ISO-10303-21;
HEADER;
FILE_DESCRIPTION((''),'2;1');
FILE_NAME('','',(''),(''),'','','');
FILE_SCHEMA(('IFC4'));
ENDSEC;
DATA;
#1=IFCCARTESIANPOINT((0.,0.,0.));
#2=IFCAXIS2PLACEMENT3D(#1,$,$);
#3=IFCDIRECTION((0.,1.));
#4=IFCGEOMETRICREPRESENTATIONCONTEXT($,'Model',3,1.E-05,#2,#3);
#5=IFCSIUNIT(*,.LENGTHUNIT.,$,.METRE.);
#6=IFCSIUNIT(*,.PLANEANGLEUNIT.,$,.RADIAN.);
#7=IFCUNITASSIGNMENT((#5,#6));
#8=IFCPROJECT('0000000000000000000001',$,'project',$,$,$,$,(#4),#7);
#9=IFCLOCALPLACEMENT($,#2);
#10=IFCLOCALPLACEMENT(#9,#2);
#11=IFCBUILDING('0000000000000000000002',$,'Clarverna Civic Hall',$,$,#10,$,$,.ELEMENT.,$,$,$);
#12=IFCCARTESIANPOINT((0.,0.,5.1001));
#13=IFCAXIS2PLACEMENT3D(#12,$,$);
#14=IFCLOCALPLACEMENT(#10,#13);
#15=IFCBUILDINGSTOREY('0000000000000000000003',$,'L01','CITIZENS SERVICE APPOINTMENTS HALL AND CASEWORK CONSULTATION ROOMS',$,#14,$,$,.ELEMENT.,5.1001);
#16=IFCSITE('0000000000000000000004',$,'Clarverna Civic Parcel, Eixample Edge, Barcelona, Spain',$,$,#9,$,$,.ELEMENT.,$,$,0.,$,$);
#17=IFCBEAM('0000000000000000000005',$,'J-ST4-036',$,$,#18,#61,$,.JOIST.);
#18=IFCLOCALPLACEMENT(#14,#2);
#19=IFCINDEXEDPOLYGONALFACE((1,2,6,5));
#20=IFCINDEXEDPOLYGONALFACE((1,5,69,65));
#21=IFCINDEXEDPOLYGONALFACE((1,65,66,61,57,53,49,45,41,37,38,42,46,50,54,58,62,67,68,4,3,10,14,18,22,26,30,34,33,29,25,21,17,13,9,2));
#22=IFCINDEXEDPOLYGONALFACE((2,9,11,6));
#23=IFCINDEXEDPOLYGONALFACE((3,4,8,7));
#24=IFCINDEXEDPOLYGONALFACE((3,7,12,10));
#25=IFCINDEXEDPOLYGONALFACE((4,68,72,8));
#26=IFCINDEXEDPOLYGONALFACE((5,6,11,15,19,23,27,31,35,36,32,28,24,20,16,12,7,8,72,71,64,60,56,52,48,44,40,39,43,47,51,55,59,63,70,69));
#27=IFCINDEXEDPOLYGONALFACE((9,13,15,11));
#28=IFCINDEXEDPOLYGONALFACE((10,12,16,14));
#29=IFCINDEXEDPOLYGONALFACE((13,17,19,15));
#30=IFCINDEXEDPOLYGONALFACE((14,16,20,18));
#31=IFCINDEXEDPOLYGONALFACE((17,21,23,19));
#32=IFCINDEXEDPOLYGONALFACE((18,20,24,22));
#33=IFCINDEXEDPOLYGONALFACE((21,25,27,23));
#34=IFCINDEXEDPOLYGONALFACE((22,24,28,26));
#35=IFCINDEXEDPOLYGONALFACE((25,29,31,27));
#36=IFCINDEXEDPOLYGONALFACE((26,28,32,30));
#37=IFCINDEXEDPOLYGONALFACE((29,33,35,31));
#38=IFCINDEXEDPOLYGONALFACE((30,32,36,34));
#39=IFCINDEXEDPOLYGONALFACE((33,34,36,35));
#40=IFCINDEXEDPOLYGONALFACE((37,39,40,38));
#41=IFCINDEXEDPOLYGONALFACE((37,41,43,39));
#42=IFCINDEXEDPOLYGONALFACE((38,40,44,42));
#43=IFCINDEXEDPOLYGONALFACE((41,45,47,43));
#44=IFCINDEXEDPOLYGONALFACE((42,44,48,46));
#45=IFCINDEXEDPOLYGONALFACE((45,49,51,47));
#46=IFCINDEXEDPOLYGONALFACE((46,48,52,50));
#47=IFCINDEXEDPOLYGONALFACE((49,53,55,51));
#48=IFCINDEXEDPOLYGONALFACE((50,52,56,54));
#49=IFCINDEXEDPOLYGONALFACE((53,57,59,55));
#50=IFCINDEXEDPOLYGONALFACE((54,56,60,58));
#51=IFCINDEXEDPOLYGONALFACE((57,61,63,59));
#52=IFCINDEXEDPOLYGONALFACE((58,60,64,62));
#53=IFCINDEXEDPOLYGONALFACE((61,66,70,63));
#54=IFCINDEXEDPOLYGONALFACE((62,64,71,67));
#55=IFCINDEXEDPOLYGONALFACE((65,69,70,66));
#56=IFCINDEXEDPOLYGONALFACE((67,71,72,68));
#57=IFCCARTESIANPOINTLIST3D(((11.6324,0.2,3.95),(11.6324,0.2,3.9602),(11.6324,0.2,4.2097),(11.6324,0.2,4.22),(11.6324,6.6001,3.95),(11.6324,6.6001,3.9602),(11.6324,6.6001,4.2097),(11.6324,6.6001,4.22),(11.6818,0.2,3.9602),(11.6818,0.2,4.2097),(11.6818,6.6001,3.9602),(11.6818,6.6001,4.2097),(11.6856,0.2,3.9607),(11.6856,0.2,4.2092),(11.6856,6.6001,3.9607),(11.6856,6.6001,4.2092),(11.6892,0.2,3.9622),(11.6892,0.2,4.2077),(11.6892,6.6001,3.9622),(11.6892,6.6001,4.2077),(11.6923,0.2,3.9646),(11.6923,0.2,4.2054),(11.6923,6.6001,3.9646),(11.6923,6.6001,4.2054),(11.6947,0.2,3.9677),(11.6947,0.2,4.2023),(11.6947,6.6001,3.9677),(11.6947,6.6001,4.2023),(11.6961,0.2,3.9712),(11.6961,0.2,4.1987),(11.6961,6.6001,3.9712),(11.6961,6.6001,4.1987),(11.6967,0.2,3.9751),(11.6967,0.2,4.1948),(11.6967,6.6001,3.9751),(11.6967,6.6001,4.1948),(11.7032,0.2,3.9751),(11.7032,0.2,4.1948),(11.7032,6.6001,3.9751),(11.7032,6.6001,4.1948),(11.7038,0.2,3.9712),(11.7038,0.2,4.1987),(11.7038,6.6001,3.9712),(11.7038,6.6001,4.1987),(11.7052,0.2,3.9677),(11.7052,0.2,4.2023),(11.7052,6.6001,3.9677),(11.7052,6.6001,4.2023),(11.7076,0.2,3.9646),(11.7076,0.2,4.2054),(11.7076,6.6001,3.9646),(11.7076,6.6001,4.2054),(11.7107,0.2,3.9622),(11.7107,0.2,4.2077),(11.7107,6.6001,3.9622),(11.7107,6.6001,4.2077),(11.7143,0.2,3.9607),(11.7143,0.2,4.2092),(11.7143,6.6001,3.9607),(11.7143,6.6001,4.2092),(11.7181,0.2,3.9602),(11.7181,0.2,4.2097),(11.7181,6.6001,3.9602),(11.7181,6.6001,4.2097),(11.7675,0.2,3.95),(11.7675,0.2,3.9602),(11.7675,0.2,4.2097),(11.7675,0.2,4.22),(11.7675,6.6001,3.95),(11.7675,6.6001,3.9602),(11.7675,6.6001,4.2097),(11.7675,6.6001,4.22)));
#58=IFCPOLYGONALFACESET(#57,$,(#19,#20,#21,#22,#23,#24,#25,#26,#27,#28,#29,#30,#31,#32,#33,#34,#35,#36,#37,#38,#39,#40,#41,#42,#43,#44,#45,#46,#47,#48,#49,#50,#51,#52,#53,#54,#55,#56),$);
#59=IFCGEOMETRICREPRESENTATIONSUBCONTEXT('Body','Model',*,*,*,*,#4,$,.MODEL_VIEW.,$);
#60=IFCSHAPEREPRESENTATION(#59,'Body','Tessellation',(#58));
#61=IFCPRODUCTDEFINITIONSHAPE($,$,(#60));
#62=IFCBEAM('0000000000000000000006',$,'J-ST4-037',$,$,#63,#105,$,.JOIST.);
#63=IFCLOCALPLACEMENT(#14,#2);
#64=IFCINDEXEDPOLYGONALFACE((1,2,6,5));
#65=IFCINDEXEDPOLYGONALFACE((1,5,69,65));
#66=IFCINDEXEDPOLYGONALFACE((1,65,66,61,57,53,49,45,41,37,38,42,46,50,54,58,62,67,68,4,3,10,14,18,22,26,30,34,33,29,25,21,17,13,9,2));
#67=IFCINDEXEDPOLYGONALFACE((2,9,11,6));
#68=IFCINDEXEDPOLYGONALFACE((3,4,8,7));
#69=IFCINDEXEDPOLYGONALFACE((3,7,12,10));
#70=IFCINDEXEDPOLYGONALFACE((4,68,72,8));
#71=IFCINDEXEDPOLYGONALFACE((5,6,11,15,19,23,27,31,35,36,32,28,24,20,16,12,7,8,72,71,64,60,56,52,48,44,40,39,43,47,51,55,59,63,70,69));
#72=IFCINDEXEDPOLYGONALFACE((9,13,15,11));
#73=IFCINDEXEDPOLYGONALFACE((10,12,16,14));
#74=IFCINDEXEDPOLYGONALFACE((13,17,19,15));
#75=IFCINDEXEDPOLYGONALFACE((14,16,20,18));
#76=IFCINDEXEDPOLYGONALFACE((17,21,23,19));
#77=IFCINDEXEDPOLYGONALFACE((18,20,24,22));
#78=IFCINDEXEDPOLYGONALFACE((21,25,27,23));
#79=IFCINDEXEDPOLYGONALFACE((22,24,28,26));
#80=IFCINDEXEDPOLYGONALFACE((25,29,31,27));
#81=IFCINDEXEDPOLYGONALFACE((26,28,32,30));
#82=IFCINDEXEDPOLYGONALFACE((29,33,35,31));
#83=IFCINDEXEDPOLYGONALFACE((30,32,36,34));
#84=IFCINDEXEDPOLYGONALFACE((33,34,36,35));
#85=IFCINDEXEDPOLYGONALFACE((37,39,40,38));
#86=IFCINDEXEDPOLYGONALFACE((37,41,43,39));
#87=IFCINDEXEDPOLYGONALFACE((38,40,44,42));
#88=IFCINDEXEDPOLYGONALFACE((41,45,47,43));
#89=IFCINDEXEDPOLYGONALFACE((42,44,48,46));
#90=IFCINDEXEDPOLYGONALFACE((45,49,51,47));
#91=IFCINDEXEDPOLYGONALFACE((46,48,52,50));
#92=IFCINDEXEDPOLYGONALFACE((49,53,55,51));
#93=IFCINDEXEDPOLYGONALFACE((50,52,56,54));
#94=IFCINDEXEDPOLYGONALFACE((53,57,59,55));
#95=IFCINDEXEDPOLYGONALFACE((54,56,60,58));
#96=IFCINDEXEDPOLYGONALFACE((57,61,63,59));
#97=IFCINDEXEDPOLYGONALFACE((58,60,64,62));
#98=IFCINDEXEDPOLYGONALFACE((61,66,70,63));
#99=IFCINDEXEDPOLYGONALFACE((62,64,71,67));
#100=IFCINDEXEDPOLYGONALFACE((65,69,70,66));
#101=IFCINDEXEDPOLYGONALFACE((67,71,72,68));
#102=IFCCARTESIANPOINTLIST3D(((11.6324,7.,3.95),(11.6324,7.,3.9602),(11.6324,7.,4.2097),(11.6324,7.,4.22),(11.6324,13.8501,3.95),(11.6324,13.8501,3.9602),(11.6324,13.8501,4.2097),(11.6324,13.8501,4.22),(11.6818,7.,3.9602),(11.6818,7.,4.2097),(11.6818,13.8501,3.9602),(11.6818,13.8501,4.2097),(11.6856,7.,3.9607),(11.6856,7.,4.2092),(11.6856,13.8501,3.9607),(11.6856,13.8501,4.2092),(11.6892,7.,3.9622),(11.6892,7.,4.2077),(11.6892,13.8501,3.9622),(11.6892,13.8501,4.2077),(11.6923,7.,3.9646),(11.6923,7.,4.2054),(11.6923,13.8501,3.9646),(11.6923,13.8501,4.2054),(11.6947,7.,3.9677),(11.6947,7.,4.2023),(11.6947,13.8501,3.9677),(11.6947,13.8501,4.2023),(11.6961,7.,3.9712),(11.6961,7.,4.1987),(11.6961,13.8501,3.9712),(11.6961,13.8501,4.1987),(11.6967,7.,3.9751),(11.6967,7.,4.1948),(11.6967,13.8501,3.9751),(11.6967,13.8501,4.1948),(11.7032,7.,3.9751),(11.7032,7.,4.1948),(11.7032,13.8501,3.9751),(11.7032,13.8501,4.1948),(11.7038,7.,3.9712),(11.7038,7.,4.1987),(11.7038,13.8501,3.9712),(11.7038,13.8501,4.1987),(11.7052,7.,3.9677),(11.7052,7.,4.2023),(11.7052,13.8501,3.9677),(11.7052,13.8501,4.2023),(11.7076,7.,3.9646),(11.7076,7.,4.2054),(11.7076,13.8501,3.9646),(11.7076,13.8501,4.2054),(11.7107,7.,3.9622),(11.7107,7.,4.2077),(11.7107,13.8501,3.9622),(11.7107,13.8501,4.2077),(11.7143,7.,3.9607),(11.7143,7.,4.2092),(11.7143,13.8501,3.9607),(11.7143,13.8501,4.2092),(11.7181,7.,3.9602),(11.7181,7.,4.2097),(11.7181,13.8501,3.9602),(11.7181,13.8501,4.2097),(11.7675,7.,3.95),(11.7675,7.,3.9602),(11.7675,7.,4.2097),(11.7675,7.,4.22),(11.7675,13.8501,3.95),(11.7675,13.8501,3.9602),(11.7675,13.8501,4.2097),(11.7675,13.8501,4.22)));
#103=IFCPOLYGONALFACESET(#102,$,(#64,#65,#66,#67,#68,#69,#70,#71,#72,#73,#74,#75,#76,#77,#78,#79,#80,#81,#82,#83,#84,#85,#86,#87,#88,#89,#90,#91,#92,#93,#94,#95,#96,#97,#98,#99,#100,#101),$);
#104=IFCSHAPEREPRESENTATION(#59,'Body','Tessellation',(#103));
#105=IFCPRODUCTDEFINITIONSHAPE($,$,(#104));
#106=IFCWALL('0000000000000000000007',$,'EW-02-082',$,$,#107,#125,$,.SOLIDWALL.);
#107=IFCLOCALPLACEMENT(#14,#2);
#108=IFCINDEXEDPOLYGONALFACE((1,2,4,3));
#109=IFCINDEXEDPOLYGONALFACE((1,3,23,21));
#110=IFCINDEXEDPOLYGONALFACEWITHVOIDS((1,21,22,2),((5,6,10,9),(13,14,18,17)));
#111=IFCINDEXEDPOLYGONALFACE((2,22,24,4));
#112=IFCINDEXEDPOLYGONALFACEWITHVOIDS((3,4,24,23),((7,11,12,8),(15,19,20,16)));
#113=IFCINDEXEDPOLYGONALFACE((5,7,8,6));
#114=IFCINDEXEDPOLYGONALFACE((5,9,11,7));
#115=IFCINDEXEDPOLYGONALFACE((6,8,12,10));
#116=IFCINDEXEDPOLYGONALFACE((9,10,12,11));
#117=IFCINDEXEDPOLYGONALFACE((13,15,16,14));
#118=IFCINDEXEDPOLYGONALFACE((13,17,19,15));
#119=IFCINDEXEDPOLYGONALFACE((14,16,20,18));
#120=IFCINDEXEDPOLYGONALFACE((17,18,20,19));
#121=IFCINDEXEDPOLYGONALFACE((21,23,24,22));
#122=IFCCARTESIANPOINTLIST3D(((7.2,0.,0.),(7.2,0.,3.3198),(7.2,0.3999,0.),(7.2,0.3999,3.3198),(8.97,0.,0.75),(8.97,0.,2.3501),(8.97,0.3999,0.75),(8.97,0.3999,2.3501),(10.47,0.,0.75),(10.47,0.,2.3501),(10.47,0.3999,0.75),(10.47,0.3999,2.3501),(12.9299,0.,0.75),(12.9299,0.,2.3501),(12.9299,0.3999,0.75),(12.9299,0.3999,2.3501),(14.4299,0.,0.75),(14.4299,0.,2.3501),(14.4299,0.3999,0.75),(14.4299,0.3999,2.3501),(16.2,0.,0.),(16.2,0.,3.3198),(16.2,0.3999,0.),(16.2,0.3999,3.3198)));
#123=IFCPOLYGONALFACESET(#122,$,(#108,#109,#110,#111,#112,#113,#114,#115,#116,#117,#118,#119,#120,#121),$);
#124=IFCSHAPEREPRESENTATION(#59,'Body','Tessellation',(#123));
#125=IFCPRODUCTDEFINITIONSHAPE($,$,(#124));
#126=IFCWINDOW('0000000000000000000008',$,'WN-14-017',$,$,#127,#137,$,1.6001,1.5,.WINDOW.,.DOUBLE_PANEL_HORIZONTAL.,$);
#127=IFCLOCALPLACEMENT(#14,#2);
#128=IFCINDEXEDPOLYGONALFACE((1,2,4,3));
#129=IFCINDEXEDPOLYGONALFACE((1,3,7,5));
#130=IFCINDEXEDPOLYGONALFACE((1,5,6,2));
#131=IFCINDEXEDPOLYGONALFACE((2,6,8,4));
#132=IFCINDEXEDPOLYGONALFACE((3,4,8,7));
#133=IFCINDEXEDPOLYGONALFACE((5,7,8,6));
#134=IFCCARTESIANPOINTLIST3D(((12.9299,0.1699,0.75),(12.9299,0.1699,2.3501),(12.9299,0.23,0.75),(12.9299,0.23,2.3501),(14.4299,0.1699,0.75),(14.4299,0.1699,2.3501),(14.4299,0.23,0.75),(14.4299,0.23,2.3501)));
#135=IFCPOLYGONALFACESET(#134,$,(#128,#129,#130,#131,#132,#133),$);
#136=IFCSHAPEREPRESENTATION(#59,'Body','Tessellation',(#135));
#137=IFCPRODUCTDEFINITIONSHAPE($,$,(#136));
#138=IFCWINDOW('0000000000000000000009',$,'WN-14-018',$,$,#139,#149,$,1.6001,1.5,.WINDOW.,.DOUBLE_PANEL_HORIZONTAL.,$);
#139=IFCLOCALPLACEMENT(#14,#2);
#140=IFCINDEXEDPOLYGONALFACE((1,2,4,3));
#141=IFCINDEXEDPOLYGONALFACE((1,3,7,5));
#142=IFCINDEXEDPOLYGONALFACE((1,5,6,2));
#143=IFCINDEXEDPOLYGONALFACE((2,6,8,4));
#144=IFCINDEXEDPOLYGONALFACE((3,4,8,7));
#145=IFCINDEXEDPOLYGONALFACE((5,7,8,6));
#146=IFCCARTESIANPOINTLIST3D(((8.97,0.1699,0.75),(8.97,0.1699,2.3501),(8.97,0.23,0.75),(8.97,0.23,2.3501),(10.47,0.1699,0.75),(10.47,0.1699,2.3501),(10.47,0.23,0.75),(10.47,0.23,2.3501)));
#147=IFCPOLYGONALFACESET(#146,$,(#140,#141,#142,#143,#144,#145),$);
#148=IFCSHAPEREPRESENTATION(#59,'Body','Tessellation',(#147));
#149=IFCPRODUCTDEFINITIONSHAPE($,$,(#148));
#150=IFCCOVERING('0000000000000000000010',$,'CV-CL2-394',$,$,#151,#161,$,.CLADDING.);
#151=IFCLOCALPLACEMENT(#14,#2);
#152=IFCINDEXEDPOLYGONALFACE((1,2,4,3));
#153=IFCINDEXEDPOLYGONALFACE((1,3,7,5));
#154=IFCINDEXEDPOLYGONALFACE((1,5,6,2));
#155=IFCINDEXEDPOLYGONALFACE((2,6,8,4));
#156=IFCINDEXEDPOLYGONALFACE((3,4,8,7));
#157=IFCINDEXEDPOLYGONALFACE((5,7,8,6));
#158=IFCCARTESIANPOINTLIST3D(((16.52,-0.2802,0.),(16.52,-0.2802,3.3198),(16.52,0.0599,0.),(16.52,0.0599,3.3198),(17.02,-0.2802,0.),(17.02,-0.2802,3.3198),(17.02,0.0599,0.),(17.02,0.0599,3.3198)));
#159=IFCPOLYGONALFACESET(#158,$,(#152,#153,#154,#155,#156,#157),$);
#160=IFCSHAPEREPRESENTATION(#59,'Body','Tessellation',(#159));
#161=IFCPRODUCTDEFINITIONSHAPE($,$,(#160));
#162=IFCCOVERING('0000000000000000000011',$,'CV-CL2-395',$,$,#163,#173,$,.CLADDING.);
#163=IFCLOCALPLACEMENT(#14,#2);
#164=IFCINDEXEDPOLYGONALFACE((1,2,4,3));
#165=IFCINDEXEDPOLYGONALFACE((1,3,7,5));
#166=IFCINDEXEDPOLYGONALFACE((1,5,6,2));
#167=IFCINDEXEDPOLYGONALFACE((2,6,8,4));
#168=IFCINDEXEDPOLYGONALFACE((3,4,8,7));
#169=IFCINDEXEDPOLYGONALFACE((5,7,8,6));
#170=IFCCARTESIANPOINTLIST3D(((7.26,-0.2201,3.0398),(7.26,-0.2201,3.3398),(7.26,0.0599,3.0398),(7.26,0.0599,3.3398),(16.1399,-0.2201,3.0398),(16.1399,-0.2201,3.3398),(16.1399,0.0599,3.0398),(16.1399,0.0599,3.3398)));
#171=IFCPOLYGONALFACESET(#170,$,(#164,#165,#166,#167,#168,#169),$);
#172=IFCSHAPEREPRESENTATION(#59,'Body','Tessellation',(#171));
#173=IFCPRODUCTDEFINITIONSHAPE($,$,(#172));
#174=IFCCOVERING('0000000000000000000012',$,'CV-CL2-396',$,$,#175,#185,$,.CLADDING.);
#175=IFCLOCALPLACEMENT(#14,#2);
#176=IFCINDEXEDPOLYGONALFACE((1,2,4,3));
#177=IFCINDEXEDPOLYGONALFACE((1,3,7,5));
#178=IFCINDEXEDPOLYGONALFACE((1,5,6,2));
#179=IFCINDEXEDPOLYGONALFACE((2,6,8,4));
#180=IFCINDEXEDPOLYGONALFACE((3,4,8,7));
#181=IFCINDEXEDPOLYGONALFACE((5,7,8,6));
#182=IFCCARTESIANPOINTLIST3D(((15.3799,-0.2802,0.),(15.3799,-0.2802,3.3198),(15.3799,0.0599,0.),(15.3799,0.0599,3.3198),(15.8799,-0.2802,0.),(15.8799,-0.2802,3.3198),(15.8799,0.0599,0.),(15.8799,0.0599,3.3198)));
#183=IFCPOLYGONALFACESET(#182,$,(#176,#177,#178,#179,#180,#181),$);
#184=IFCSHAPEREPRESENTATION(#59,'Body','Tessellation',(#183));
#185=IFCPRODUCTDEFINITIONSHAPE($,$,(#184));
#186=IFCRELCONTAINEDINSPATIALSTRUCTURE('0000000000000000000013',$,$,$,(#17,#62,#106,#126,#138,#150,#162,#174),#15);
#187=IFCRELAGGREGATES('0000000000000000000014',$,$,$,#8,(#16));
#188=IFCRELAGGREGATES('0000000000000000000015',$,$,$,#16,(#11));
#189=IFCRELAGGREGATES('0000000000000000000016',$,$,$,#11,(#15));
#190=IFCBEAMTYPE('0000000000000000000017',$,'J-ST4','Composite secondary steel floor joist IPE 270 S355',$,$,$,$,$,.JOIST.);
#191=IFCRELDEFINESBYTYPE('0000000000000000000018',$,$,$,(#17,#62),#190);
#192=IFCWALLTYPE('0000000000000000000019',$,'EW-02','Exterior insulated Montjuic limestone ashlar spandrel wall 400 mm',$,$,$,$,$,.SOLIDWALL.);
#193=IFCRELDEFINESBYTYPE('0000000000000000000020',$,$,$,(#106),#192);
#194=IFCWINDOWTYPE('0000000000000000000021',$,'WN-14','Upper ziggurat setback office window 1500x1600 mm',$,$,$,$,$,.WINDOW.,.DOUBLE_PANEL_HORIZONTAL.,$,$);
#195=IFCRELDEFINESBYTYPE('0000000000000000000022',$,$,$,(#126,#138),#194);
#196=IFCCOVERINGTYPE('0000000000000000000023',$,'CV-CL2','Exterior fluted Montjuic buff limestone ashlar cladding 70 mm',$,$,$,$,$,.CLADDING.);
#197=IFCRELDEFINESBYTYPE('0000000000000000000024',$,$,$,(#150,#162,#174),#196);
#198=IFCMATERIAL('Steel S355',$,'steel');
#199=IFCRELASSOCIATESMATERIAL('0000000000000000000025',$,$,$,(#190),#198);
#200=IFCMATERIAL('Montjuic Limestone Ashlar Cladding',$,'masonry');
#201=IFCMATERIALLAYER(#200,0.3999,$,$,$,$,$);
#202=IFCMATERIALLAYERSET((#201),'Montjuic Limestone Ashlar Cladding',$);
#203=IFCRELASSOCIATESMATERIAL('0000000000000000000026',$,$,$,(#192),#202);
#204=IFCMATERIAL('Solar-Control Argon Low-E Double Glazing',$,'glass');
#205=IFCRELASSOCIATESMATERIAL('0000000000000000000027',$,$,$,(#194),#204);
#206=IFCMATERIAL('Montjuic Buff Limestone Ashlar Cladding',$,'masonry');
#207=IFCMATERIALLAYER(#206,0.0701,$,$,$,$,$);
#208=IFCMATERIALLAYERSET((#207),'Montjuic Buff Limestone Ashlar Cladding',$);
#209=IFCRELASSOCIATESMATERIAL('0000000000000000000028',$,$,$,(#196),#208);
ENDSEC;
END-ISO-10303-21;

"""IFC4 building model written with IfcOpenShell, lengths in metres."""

from ifc_helpers import new_model, si_unit, direction, frame, frame_2d, origin, origin_2d, place, context, subcontext, project, spatial, rectangle, i_section, extrude, material, layer, layer_set, material_profile, profile_set, type_object, element, fill, save


model = new_model("IFC4")

# Units and contexts
model_context = context("Model", 3, precision=1e-05, world=origin(), true_north=direction((0.0, 1.0)))
body_context = subcontext(model_context, "Body", "Model", "MODEL_VIEW")
ifc_project = project(units=[si_unit("LENGTHUNIT", "METRE"), si_unit("PLANEANGLEUNIT", "RADIAN")], contexts=[model_context])

# Site, building, storey
site_placement = place(None, origin())
site = spatial("IfcSite", under=ifc_project, at=site_placement, Name="Clarverna Civic Parcel, Eixample Edge, Barcelona, Spain", CompositionType="ELEMENT", RefElevation=0.0)
building_placement = place(site_placement, origin())
building = spatial("IfcBuilding", under=site, at=building_placement, Name="Clarverna Civic Hall", CompositionType="ELEMENT")
storey_placement = place(building_placement, frame((0.0, 0.0, 5.1001)))
storey = spatial("IfcBuildingStorey", under=building, at=storey_placement, Name="L01", Description="CITIZENS SERVICE APPOINTMENTS HALL AND CASEWORK CONSULTATION ROOMS", CompositionType="ELEMENT", Elevation=5.1001)

# Beams
ifc_material_1 = material(Name="Steel S355", Category="steel")
ifc_material_profile_1 = material_profile(ifc_material_1, i_section(OverallWidth=0.135, OverallDepth=0.27, WebThickness=0.0066, FlangeThickness=0.0103, FilletRadius=0.0149, at=origin_2d()), Name="IPE 270")
ifc_profile_set_1 = profile_set([ifc_material_profile_1], Name="Steel S355")
beam_type_1 = type_object("IfcBeamType", Name="J-ST4", Description="Composite secondary steel floor joist IPE 270 S355", PredefinedType="JOIST", material=ifc_profile_set_1)
beam_1_placement = place(storey_placement, frame((11.7, 0.2, 4.085), z_axis=(0.0, 1.0, 0.0), x_axis=(-1.0, 0.0, 0.0)))
element("IfcBeam", 1, at=beam_1_placement, inside=storey, type_object=beam_type_1, Name="J-ST4-036", PredefinedType="JOIST", context=body_context, shape_type="SweptSolid", body=[
    extrude(i_section(OverallWidth=0.135, OverallDepth=0.27, WebThickness=0.0066, FlangeThickness=0.0103, FilletRadius=0.0149, at=origin_2d()), origin(), (0.0, 0.0, 1.0), 6.4001),
])
beam_2_placement = place(storey_placement, frame((11.7, 7.0, 4.085), z_axis=(0.0, 1.0, 0.0), x_axis=(-1.0, 0.0, 0.0)))
element("IfcBeam", 2, at=beam_2_placement, inside=storey, type_object=beam_type_1, Name="J-ST4-037", PredefinedType="JOIST", context=body_context, shape_type="SweptSolid", body=[
    extrude(i_section(OverallWidth=0.135, OverallDepth=0.27, WebThickness=0.0066, FlangeThickness=0.0103, FilletRadius=0.0149, at=origin_2d()), origin(), (0.0, 0.0, 1.0), 6.8501),
])

# Wall, openings, windows
ifc_material_2 = material(Name="Montjuic Limestone Ashlar Cladding", Category="masonry")
ifc_layer_1 = layer(ifc_material_2, 0.3999)
ifc_layer_set_1 = layer_set([ifc_layer_1], Name="Montjuic Limestone Ashlar Cladding")
wall_type = type_object("IfcWallType", Name="EW-02", Description="Exterior insulated Montjuic limestone ashlar spandrel wall 400 mm", PredefinedType="SOLIDWALL", material=ifc_layer_set_1)
wall_placement = place(storey_placement, frame((16.2, 0.2, 0.0), z_axis=(0.0, 0.0, 1.0), x_axis=(-1.0, 0.0, 0.0)))
wall = element("IfcWall", 3, at=wall_placement, inside=storey, type_object=wall_type, Name="EW-02-082", PredefinedType="SOLIDWALL", context=body_context, shape_type="SweptSolid", body=[
    extrude(rectangle(XDim=9.0, YDim=0.3999, at=frame_2d((4.5, 0.0))), origin(), (0.0, 0.0, 1.0), 3.3198),
])
opening_1_placement = place(wall_placement, frame((1.77, 0.0, 0.75)))
opening_1 = element("IfcOpeningElement", 4, at=opening_1_placement, cuts=wall, PredefinedType="OPENING", context=body_context, shape_type="SweptSolid", body=[
    extrude(rectangle(XDim=1.5, YDim=1.6001, at=frame_2d((0.75, 0.8))), frame((0.0, 0.21, 0.0), z_axis=(0.0, -1.0, 0.0), x_axis=(1.0, 0.0, 0.0)), (0.0, 0.0, 1.0), 0.4199),
])
opening_2_placement = place(wall_placement, frame((5.73, 0.0, 0.75)))
opening_2 = element("IfcOpeningElement", 5, at=opening_2_placement, cuts=wall, PredefinedType="OPENING", context=body_context, shape_type="SweptSolid", body=[
    extrude(rectangle(XDim=1.5, YDim=1.6001, at=frame_2d((0.75, 0.8))), frame((0.0, 0.21, 0.0), z_axis=(0.0, -1.0, 0.0), x_axis=(1.0, 0.0, 0.0)), (0.0, 0.0, 1.0), 0.4199),
])
ifc_material_3 = material(Name="Solar-Control Argon Low-E Double Glazing", Category="glass")
window_type = type_object("IfcWindowType", Name="WN-14", Description="Upper ziggurat setback office window 1500x1600 mm", PartitioningType="DOUBLE_PANEL_HORIZONTAL", PredefinedType="WINDOW", material=ifc_material_3)
window_1_placement = place(opening_1_placement, origin())
window_1 = element("IfcWindow", 6, at=window_1_placement, inside=storey, type_object=window_type, Name="WN-14-017", OverallHeight=1.6001, OverallWidth=1.5, PartitioningType="DOUBLE_PANEL_HORIZONTAL", PredefinedType="WINDOW", context=body_context, shape_type="SweptSolid", body=[
    extrude(rectangle(XDim=1.5, YDim=1.6001, at=frame_2d((0.75, 0.8))), frame((0.0, 0.03, 0.0), z_axis=(0.0, -1.0, 0.0), x_axis=(1.0, 0.0, 0.0)), (0.0, 0.0, 1.0), 0.0601),
])
fill(opening_1, window_1)
window_2_placement = place(opening_2_placement, origin())
window_2 = element("IfcWindow", 7, at=window_2_placement, inside=storey, type_object=window_type, Name="WN-14-018", OverallHeight=1.6001, OverallWidth=1.5, PartitioningType="DOUBLE_PANEL_HORIZONTAL", PredefinedType="WINDOW", context=body_context, shape_type="SweptSolid", body=[
    extrude(rectangle(XDim=1.5, YDim=1.6001, at=frame_2d((0.75, 0.8))), frame((0.0, 0.03, 0.0), z_axis=(0.0, -1.0, 0.0), x_axis=(1.0, 0.0, 0.0)), (0.0, 0.0, 1.0), 0.0601),
])
fill(opening_2, window_2)

# Coverings
ifc_material_4 = material(Name="Montjuic Buff Limestone Ashlar Cladding", Category="masonry")
ifc_layer_2 = layer(ifc_material_4, 0.0701)
ifc_layer_set_2 = layer_set([ifc_layer_2], Name="Montjuic Buff Limestone Ashlar Cladding")
covering_type = type_object("IfcCoveringType", Name="CV-CL2", Description="Exterior fluted Montjuic buff limestone ashlar cladding 70 mm", PredefinedType="CLADDING", material=ifc_layer_set_2)
covering_1_placement = place(storey_placement, frame((17.02, -0.1101, 0.0), z_axis=(0.0, 0.0, 1.0), x_axis=(-1.0, 0.0, 0.0)))
element("IfcCovering", 8, at=covering_1_placement, inside=storey, type_object=covering_type, Name="CV-CL2-394", PredefinedType="CLADDING", context=body_context, shape_type="SweptSolid", body=[
    extrude(rectangle(XDim=0.5, YDim=0.3401, at=frame_2d((0.25, 0.0))), origin(), (0.0, 0.0, 1.0), 3.3198),
])
covering_2_placement = place(storey_placement, frame((16.1399, -0.0801, 3.0398), z_axis=(0.0, 0.0, 1.0), x_axis=(-1.0, 0.0, 0.0)))
element("IfcCovering", 9, at=covering_2_placement, inside=storey, type_object=covering_type, Name="CV-CL2-395", PredefinedType="CLADDING", context=body_context, shape_type="SweptSolid", body=[
    extrude(rectangle(XDim=8.8799, YDim=0.28, at=frame_2d((4.4399, 0.0))), origin(), (0.0, 0.0, 1.0), 0.3),
])
for number, where, z_axis, x_axis, name in (
    (10, (15.8799, -0.1101, 0.0), (0.0, 0.0, 1.0), (-1.0, 0.0, 0.0), "CV-CL2-396"),
):
    element("IfcCovering", number, at=place(storey_placement, frame(where, z_axis=z_axis, x_axis=x_axis)), inside=storey, type_object=covering_type, Name=name, PredefinedType="CLADDING", context=body_context, shape_type="SweptSolid", body=[
        extrude(rectangle(XDim=0.5, YDim=0.3401, at=frame_2d((0.25, 0.0))), origin(), (0.0, 0.0, 1.0), 3.3198),
    ])

save(model, "model.ifc")
